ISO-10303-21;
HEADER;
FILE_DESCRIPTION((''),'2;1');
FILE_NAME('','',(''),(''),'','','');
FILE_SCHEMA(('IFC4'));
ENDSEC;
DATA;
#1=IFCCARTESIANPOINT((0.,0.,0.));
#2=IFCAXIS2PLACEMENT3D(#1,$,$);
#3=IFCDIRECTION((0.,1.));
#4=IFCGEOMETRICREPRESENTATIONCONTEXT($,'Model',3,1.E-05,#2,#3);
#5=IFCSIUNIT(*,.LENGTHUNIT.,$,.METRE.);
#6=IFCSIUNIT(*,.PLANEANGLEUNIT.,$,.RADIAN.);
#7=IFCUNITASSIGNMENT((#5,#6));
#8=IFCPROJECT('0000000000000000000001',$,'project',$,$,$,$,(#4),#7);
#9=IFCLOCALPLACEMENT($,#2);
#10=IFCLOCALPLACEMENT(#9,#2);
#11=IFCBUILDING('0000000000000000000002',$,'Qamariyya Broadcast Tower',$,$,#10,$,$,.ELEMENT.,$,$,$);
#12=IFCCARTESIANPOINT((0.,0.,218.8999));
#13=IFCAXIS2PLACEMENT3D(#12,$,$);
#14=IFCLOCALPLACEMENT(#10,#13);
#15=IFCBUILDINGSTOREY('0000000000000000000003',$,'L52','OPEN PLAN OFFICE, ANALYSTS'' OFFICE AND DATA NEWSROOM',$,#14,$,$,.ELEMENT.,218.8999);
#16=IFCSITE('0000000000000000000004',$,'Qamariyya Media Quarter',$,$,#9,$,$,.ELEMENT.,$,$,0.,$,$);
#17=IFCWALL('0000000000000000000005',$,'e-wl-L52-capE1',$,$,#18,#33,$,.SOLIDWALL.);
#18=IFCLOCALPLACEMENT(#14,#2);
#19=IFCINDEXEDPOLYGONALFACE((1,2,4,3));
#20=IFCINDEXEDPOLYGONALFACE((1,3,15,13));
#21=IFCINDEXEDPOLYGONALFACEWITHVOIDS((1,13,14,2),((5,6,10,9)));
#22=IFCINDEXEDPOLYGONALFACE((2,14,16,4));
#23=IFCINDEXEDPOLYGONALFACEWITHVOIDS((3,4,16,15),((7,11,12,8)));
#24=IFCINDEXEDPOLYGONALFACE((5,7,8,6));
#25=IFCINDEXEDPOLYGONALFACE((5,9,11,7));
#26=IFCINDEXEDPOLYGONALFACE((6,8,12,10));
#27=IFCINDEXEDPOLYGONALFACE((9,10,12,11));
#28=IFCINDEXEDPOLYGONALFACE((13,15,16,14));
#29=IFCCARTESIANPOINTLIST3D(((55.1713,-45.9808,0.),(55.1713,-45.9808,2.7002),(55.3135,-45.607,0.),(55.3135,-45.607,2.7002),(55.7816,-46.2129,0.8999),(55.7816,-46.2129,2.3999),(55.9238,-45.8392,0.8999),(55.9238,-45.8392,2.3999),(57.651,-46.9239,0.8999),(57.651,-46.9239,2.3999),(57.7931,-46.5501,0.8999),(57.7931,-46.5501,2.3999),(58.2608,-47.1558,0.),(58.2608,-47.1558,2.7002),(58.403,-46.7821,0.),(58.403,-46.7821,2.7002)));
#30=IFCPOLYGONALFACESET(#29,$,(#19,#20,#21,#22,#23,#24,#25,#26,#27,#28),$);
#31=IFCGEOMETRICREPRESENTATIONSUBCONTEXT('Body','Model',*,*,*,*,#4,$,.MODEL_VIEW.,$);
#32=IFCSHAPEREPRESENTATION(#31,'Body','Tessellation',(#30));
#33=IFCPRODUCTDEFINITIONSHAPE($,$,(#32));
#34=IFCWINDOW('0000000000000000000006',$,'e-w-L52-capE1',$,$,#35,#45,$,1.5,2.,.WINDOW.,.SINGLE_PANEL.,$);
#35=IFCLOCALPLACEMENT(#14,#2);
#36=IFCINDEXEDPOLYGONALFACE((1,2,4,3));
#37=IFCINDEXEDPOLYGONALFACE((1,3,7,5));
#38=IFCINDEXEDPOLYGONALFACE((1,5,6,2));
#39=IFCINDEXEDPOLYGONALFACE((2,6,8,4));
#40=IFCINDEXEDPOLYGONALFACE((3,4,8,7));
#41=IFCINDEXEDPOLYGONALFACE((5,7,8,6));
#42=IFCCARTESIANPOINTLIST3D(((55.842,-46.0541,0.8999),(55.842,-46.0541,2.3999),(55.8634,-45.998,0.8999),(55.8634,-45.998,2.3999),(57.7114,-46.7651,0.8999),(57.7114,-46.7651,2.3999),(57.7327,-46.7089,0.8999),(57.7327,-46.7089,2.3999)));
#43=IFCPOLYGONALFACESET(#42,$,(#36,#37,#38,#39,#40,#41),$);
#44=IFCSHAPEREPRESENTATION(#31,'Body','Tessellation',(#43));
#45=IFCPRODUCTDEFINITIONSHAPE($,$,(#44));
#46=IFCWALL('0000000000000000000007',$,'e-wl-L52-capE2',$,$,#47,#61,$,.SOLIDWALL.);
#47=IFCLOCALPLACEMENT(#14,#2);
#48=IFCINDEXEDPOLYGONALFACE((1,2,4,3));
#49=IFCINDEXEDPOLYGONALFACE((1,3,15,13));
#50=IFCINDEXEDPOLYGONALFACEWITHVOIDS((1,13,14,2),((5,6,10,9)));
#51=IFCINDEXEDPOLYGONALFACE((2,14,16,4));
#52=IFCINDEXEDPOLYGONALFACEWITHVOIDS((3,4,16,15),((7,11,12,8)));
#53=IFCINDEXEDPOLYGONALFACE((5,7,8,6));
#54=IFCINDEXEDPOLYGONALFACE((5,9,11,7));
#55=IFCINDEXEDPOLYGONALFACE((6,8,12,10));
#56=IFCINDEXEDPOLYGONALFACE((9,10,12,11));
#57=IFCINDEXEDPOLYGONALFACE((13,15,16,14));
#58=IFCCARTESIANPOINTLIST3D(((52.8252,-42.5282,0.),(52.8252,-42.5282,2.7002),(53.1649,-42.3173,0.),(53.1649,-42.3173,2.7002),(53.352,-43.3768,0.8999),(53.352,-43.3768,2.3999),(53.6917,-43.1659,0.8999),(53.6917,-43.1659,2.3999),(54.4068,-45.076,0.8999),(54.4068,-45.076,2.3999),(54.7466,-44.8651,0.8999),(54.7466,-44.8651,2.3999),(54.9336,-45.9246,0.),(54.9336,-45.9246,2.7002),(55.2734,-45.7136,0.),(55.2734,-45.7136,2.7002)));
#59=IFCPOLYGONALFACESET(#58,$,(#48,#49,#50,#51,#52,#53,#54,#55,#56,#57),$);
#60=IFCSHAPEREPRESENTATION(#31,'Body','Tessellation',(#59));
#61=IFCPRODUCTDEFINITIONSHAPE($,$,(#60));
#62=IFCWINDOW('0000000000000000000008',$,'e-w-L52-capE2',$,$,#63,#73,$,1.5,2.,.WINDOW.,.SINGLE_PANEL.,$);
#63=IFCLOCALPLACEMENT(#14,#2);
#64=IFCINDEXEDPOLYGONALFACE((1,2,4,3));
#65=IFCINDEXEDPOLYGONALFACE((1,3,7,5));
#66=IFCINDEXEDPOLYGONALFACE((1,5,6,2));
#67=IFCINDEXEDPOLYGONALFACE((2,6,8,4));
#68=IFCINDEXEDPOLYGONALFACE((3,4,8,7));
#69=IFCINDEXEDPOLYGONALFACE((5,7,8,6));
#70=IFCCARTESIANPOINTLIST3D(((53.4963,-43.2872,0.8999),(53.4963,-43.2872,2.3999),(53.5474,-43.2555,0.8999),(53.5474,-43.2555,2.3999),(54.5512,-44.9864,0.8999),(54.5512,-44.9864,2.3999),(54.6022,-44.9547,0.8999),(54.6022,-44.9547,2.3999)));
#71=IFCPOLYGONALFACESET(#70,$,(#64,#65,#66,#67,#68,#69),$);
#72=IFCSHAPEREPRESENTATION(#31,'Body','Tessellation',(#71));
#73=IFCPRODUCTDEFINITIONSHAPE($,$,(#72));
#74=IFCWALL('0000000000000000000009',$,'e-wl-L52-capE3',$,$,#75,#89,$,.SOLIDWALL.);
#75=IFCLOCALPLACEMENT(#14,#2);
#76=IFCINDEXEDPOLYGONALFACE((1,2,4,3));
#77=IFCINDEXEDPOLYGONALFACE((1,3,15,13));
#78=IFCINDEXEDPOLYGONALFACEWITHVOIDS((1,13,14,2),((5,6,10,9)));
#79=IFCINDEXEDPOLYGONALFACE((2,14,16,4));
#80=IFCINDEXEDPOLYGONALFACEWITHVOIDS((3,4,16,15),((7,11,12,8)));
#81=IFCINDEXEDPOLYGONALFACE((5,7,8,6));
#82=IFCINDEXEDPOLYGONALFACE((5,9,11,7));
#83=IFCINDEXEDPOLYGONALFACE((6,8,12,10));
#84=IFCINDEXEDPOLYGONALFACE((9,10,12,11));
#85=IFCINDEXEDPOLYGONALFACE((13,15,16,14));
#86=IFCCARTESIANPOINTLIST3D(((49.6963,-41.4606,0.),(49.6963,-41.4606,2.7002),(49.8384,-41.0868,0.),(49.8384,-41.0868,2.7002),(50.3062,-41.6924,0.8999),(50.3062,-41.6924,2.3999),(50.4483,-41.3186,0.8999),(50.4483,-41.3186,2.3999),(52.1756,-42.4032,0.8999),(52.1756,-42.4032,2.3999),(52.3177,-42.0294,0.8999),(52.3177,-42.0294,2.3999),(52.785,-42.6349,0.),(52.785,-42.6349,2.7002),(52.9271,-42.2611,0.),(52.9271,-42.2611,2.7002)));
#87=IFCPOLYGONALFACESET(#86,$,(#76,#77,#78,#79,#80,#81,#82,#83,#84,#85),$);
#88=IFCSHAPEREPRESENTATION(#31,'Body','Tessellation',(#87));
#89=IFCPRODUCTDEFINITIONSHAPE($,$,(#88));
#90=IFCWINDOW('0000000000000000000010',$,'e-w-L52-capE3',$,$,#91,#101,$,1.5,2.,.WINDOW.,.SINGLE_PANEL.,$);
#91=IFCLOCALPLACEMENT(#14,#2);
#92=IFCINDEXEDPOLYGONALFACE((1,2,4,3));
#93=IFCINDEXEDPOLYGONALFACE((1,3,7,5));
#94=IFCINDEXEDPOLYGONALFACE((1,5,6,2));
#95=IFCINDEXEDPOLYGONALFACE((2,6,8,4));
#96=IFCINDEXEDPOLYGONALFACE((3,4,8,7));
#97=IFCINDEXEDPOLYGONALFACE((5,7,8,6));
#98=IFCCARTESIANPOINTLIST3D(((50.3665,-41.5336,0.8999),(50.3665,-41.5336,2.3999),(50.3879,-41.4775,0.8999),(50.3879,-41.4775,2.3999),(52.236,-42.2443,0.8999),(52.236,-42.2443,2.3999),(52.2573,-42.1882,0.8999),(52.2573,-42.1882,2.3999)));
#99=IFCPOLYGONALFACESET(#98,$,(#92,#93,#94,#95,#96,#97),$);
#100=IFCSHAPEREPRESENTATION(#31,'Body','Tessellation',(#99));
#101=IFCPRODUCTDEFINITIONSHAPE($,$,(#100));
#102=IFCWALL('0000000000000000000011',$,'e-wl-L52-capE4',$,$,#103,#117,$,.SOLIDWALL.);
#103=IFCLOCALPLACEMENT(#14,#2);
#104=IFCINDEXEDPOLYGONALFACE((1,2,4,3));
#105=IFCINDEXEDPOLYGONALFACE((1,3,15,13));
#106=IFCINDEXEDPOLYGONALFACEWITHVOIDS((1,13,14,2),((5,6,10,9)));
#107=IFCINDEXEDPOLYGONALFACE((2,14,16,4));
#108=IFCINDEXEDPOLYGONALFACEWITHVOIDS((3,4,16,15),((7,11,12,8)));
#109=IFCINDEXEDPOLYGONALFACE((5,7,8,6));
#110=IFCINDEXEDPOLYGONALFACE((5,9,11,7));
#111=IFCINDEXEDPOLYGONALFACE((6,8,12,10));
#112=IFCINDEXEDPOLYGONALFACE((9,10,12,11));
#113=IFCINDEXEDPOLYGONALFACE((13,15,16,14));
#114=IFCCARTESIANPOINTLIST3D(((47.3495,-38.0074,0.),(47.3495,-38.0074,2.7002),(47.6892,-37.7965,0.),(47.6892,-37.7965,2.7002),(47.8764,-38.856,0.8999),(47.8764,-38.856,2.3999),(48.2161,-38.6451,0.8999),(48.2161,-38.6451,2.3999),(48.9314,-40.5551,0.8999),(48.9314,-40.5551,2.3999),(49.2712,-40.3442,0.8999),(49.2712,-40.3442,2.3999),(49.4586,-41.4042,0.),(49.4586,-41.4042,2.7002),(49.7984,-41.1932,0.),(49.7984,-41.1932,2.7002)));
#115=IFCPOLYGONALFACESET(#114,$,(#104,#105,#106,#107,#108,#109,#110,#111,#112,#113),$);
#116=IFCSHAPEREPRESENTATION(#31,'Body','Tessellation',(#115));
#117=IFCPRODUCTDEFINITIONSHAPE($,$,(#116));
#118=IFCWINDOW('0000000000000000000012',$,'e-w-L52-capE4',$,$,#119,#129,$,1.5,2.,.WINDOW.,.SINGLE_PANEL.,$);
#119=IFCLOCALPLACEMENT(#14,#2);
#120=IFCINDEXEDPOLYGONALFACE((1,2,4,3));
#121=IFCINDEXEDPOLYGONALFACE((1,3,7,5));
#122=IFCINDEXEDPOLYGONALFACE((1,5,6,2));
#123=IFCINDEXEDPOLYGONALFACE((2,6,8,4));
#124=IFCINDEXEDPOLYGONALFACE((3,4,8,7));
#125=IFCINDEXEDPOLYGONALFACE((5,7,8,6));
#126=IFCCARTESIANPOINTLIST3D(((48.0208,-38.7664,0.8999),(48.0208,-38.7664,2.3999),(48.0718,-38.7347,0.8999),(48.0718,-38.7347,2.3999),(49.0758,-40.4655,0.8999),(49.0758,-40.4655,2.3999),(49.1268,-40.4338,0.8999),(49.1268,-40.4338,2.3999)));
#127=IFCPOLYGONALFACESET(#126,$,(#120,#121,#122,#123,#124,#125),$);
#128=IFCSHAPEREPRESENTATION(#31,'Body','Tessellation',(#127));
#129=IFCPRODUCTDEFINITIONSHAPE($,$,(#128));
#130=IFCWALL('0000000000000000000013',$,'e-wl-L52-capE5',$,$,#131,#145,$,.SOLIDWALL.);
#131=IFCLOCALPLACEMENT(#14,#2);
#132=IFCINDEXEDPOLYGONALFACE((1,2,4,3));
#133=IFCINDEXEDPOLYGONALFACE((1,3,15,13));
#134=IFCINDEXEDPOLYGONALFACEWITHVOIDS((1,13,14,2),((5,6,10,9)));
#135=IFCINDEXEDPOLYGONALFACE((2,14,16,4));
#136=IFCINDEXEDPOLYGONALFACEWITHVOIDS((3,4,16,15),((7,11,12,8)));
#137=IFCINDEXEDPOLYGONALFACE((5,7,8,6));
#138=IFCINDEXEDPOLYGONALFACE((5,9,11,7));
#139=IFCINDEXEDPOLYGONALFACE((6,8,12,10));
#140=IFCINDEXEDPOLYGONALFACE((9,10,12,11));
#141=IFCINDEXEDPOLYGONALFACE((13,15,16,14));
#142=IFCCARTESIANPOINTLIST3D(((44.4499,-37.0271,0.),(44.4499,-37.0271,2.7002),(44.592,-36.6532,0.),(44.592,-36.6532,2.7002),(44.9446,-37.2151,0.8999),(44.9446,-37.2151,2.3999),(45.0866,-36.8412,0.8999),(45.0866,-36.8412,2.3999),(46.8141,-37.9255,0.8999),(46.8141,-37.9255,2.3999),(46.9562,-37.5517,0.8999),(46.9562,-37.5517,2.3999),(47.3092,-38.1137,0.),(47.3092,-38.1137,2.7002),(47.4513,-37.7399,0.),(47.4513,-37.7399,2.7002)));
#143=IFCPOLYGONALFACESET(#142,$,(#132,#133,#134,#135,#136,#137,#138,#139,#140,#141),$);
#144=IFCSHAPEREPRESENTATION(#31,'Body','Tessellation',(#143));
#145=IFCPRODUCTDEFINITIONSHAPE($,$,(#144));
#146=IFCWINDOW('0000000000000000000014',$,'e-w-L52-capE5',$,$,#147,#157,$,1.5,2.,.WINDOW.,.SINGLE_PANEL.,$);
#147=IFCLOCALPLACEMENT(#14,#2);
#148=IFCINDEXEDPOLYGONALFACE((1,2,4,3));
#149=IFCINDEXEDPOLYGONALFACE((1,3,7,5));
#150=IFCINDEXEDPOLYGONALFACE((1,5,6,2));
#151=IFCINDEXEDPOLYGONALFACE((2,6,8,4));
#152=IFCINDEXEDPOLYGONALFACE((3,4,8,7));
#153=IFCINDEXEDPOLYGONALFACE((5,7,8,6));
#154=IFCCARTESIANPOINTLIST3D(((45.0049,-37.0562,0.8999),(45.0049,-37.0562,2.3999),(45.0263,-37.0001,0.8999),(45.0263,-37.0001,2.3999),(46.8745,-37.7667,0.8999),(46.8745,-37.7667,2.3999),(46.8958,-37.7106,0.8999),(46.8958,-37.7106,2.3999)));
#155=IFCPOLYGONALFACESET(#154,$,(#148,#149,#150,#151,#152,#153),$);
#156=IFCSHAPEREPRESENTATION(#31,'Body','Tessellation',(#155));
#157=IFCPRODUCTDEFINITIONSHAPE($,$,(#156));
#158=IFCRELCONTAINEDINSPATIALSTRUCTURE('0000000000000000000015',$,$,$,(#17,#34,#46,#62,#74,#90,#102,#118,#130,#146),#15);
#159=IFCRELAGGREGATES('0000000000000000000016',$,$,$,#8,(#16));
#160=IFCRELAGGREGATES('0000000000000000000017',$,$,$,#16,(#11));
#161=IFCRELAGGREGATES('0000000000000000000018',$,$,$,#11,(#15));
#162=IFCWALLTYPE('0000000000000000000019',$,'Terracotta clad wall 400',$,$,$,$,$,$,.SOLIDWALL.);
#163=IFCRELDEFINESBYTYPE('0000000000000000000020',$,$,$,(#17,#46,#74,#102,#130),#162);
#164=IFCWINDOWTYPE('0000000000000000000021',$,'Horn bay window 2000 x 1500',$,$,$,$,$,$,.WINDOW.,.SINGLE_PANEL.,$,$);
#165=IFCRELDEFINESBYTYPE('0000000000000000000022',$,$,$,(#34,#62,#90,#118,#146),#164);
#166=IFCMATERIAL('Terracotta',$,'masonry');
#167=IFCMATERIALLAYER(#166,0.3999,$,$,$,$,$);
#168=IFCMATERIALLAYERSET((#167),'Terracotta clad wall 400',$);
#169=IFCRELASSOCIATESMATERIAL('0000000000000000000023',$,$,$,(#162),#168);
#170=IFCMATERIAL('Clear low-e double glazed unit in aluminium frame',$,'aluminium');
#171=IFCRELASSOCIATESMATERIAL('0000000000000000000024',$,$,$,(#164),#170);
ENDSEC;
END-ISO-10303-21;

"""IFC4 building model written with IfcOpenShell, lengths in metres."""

from ifc_helpers import new_model, si_unit, direction, frame, frame_2d, origin, place, context, subcontext, project, spatial, rectangle, extrude, material, layer, layer_set, type_object, element, fill, save


model = new_model("IFC4")

# Units and contexts
model_context = context("Model", 3, precision=1e-05, world=origin(), true_north=direction((0.0, 1.0)))
body_context = subcontext(model_context, "Body", "Model", "MODEL_VIEW")
ifc_project = project(units=[si_unit("LENGTHUNIT", "METRE"), si_unit("PLANEANGLEUNIT", "RADIAN")], contexts=[model_context])

# Site, building, storey
site_placement = place(None, origin())
site = spatial("IfcSite", under=ifc_project, at=site_placement, Name="Qamariyya Media Quarter", CompositionType="ELEMENT", RefElevation=0.0)
building_placement = place(site_placement, origin())
building = spatial("IfcBuilding", under=site, at=building_placement, Name="Qamariyya Broadcast Tower", CompositionType="ELEMENT")
storey_placement = place(building_placement, frame((0.0, 0.0, 218.8999)))
storey = spatial("IfcBuildingStorey", under=building, at=storey_placement, Name="L52", Description="OPEN PLAN OFFICE, ANALYSTS' OFFICE AND DATA NEWSROOM", CompositionType="ELEMENT", Elevation=218.8999)

# Walls, openings, windows
ifc_material_1 = material(Name="Terracotta", Category="masonry")
ifc_layer_1 = layer(ifc_material_1, 0.3999)
ifc_layer_set_1 = layer_set([ifc_layer_1], Name="Terracotta clad wall 400")
wall_type_1 = type_object("IfcWallType", Name="Terracotta clad wall 400", PredefinedType="SOLIDWALL", material=ifc_layer_set_1)
ifc_material_2 = material(Name="Clear low-e double glazed unit in aluminium frame", Category="aluminium")
window_type_1 = type_object("IfcWindowType", Name="Horn bay window 2000 x 1500", PartitioningType="SINGLE_PANEL", PredefinedType="WINDOW", material=ifc_material_2)
wall_1_placement = place(storey_placement, frame((58.332, -46.969, 0.0), z_axis=(0.0, 0.0, 1.0), x_axis=(-0.934683, 0.355482, 0.0)))
wall_1 = element("IfcWall", 1, at=wall_1_placement, inside=storey, type_object=wall_type_1, Name="e-wl-L52-capE1", PredefinedType="SOLIDWALL", context=body_context, shape_type="SweptSolid", body=[
    extrude(rectangle(XDim=3.3054, YDim=0.3999, at=frame_2d((1.6528, 0.0))), origin(), (0.0, 0.0, 1.0), 2.7002),
])
opening_1_placement = place(wall_1_placement, frame((0.6526, 0.0, 0.8999)))
opening_1 = element("IfcOpeningElement", 2, at=opening_1_placement, cuts=wall_1, PredefinedType="OPENING", context=body_context, shape_type="SweptSolid", body=[
    extrude(rectangle(XDim=2.0, YDim=1.5, at=frame_2d((1.0, 0.75))), frame((0.0, 0.21, 0.0), z_axis=(0.0, -1.0, 0.0), x_axis=(1.0, 0.0, 0.0)), (0.0, 0.0, 1.0), 0.4199),
])
window_1_placement = place(opening_1_placement, origin())
window_1 = element("IfcWindow", 3, at=window_1_placement, inside=storey, type_object=window_type_1, Name="e-w-L52-capE1", OverallHeight=1.5, OverallWidth=2.0, PartitioningType="SINGLE_PANEL", PredefinedType="WINDOW", context=body_context, shape_type="SweptSolid", body=[
    extrude(rectangle(XDim=2.0, YDim=1.5, at=frame_2d((1.0, 0.75))), frame((0.0, 0.03, 0.0), z_axis=(0.0, -1.0, 0.0), x_axis=(1.0, 0.0, 0.0)), (0.0, 0.0, 1.0), 0.0601),
])
fill(opening_1, window_1)
wall_2_placement = place(storey_placement, frame((55.1035, -45.8191, 0.0), z_axis=(0.0, 0.0, 1.0), x_axis=(-0.527433, 0.849597, 0.0)))
wall_2 = element("IfcWall", 4, at=wall_2_placement, inside=storey, type_object=wall_type_1, Name="e-wl-L52-capE2", PredefinedType="SOLIDWALL", context=body_context, shape_type="SweptSolid", body=[
    extrude(rectangle(XDim=3.9976, YDim=0.3999, at=frame_2d((1.9988, 0.0))), origin(), (0.0, 0.0, 1.0), 2.7002),
])
opening_2_placement = place(wall_2_placement, frame((0.9988, 0.0, 0.8999)))
opening_2 = element("IfcOpeningElement", 5, at=opening_2_placement, cuts=wall_2, PredefinedType="OPENING", context=body_context, shape_type="SweptSolid", body=[
    extrude(rectangle(XDim=2.0, YDim=1.5, at=frame_2d((1.0, 0.75))), frame((0.0, 0.21, 0.0), z_axis=(0.0, -1.0, 0.0), x_axis=(1.0, 0.0, 0.0)), (0.0, 0.0, 1.0), 0.4199),
])
window_2_placement = place(opening_2_placement, origin())
window_2 = element("IfcWindow", 6, at=window_2_placement, inside=storey, type_object=window_type_1, Name="e-w-L52-capE2", OverallHeight=1.5, OverallWidth=2.0, PartitioningType="SINGLE_PANEL", PredefinedType="WINDOW", context=body_context, shape_type="SweptSolid", body=[
    extrude(rectangle(XDim=2.0, YDim=1.5, at=frame_2d((1.0, 0.75))), frame((0.0, 0.03, 0.0), z_axis=(0.0, -1.0, 0.0), x_axis=(1.0, 0.0, 0.0)), (0.0, 0.0, 1.0), 0.0601),
])
fill(opening_2, window_2)
wall_3_placement = place(storey_placement, frame((52.8562, -42.448, 0.0), z_axis=(0.0, 0.0, 1.0), x_axis=(-0.934729, 0.355362, 0.0)))
wall_3 = element("IfcWall", 7, at=wall_3_placement, inside=storey, type_object=wall_type_1, Name="e-wl-L52-capE3", PredefinedType="SOLIDWALL", context=body_context, shape_type="SweptSolid", body=[
    extrude(rectangle(XDim=3.3044, YDim=0.3999, at=frame_2d((1.6523, 0.0))), origin(), (0.0, 0.0, 1.0), 2.7002),
])
opening_3_placement = place(wall_3_placement, frame((0.6521, 0.0, 0.8999)))
opening_3 = element("IfcOpeningElement", 8, at=opening_3_placement, cuts=wall_3, PredefinedType="OPENING", context=body_context, shape_type="SweptSolid", body=[
    extrude(rectangle(XDim=2.0, YDim=1.5, at=frame_2d((1.0, 0.75))), frame((0.0, 0.21, 0.0), z_axis=(0.0, -1.0, 0.0), x_axis=(1.0, 0.0, 0.0)), (0.0, 0.0, 1.0), 0.4199),
])
window_3_placement = place(opening_3_placement, origin())
window_3 = element("IfcWindow", 9, at=window_3_placement, inside=storey, type_object=window_type_1, Name="e-w-L52-capE3", OverallHeight=1.5, OverallWidth=2.0, PartitioningType="SINGLE_PANEL", PredefinedType="WINDOW", context=body_context, shape_type="SweptSolid", body=[
    extrude(rectangle(XDim=2.0, YDim=1.5, at=frame_2d((1.0, 0.75))), frame((0.0, 0.03, 0.0), z_axis=(0.0, -1.0, 0.0), x_axis=(1.0, 0.0, 0.0)), (0.0, 0.0, 1.0), 0.0601),
])
fill(opening_3, window_3)
wall_4_placement = place(storey_placement, frame((49.6284, -41.2986, 0.0), z_axis=(0.0, 0.0, 1.0), x_axis=(-0.52751, 0.849549, 0.0)))
wall_4 = element("IfcWall", 10, at=wall_4_placement, inside=storey, type_object=wall_type_1, Name="e-wl-L52-capE4", PredefinedType="SOLIDWALL", context=body_context, shape_type="SweptSolid", body=[
    extrude(rectangle(XDim=3.9983, YDim=0.3999, at=frame_2d((1.999, 0.0))), origin(), (0.0, 0.0, 1.0), 2.7002),
])
opening_4_placement = place(wall_4_placement, frame((0.9993, 0.0, 0.8999)))
opening_4 = element("IfcOpeningElement", 11, at=opening_4_placement, cuts=wall_4, PredefinedType="OPENING", context=body_context, shape_type="SweptSolid", body=[
    extrude(rectangle(XDim=2.0, YDim=1.5, at=frame_2d((1.0, 0.75))), frame((0.0, 0.21, 0.0), z_axis=(0.0, -1.0, 0.0), x_axis=(1.0, 0.0, 0.0)), (0.0, 0.0, 1.0), 0.4199),
])
window_4_placement = place(opening_4_placement, origin())
window_4 = element("IfcWindow", 12, at=window_4_placement, inside=storey, type_object=window_type_1, Name="e-w-L52-capE4", OverallHeight=1.5, OverallWidth=2.0, PartitioningType="SINGLE_PANEL", PredefinedType="WINDOW", context=body_context, shape_type="SweptSolid", body=[
    extrude(rectangle(XDim=2.0, YDim=1.5, at=frame_2d((1.0, 0.75))), frame((0.0, 0.03, 0.0), z_axis=(0.0, -1.0, 0.0), x_axis=(1.0, 0.0, 0.0)), (0.0, 0.0, 1.0), 0.0601),
])
fill(opening_4, window_4)
wall_5_placement = place(storey_placement, frame((47.3801, -37.9268, 0.0), z_axis=(0.0, 0.0, 1.0), x_axis=(-0.934772, 0.355248, 0.0)))
wall_5 = element("IfcWall", 13, at=wall_5_placement, inside=storey, type_object=wall_type_1, Name="e-wl-L52-capE5", PredefinedType="SOLIDWALL", context=body_context, shape_type="SweptSolid", body=[
    extrude(rectangle(XDim=3.0588, YDim=0.3999, at=frame_2d((1.5293, 0.0))), origin(), (0.0, 0.0, 1.0), 2.7002),
])
opening_5_placement = place(wall_5_placement, frame((0.5295, 0.0, 0.8999)))
opening_5 = element("IfcOpeningElement", 14, at=opening_5_placement, cuts=wall_5, PredefinedType="OPENING", context=body_context, shape_type="SweptSolid", body=[
    extrude(rectangle(XDim=2.0, YDim=1.5, at=frame_2d((1.0, 0.75))), frame((0.0, 0.21, 0.0), z_axis=(0.0, -1.0, 0.0), x_axis=(1.0, 0.0, 0.0)), (0.0, 0.0, 1.0), 0.4199),
])
window_5_placement = place(opening_5_placement, origin())
window_5 = element("IfcWindow", 15, at=window_5_placement, inside=storey, type_object=window_type_1, Name="e-w-L52-capE5", OverallHeight=1.5, OverallWidth=2.0, PartitioningType="SINGLE_PANEL", PredefinedType="WINDOW", context=body_context, shape_type="SweptSolid", body=[
    extrude(rectangle(XDim=2.0, YDim=1.5, at=frame_2d((1.0, 0.75))), frame((0.0, 0.03, 0.0), z_axis=(0.0, -1.0, 0.0), x_axis=(1.0, 0.0, 0.0)), (0.0, 0.0, 1.0), 0.0601),
])
fill(opening_5, window_5)

save(model, "model.ifc")
